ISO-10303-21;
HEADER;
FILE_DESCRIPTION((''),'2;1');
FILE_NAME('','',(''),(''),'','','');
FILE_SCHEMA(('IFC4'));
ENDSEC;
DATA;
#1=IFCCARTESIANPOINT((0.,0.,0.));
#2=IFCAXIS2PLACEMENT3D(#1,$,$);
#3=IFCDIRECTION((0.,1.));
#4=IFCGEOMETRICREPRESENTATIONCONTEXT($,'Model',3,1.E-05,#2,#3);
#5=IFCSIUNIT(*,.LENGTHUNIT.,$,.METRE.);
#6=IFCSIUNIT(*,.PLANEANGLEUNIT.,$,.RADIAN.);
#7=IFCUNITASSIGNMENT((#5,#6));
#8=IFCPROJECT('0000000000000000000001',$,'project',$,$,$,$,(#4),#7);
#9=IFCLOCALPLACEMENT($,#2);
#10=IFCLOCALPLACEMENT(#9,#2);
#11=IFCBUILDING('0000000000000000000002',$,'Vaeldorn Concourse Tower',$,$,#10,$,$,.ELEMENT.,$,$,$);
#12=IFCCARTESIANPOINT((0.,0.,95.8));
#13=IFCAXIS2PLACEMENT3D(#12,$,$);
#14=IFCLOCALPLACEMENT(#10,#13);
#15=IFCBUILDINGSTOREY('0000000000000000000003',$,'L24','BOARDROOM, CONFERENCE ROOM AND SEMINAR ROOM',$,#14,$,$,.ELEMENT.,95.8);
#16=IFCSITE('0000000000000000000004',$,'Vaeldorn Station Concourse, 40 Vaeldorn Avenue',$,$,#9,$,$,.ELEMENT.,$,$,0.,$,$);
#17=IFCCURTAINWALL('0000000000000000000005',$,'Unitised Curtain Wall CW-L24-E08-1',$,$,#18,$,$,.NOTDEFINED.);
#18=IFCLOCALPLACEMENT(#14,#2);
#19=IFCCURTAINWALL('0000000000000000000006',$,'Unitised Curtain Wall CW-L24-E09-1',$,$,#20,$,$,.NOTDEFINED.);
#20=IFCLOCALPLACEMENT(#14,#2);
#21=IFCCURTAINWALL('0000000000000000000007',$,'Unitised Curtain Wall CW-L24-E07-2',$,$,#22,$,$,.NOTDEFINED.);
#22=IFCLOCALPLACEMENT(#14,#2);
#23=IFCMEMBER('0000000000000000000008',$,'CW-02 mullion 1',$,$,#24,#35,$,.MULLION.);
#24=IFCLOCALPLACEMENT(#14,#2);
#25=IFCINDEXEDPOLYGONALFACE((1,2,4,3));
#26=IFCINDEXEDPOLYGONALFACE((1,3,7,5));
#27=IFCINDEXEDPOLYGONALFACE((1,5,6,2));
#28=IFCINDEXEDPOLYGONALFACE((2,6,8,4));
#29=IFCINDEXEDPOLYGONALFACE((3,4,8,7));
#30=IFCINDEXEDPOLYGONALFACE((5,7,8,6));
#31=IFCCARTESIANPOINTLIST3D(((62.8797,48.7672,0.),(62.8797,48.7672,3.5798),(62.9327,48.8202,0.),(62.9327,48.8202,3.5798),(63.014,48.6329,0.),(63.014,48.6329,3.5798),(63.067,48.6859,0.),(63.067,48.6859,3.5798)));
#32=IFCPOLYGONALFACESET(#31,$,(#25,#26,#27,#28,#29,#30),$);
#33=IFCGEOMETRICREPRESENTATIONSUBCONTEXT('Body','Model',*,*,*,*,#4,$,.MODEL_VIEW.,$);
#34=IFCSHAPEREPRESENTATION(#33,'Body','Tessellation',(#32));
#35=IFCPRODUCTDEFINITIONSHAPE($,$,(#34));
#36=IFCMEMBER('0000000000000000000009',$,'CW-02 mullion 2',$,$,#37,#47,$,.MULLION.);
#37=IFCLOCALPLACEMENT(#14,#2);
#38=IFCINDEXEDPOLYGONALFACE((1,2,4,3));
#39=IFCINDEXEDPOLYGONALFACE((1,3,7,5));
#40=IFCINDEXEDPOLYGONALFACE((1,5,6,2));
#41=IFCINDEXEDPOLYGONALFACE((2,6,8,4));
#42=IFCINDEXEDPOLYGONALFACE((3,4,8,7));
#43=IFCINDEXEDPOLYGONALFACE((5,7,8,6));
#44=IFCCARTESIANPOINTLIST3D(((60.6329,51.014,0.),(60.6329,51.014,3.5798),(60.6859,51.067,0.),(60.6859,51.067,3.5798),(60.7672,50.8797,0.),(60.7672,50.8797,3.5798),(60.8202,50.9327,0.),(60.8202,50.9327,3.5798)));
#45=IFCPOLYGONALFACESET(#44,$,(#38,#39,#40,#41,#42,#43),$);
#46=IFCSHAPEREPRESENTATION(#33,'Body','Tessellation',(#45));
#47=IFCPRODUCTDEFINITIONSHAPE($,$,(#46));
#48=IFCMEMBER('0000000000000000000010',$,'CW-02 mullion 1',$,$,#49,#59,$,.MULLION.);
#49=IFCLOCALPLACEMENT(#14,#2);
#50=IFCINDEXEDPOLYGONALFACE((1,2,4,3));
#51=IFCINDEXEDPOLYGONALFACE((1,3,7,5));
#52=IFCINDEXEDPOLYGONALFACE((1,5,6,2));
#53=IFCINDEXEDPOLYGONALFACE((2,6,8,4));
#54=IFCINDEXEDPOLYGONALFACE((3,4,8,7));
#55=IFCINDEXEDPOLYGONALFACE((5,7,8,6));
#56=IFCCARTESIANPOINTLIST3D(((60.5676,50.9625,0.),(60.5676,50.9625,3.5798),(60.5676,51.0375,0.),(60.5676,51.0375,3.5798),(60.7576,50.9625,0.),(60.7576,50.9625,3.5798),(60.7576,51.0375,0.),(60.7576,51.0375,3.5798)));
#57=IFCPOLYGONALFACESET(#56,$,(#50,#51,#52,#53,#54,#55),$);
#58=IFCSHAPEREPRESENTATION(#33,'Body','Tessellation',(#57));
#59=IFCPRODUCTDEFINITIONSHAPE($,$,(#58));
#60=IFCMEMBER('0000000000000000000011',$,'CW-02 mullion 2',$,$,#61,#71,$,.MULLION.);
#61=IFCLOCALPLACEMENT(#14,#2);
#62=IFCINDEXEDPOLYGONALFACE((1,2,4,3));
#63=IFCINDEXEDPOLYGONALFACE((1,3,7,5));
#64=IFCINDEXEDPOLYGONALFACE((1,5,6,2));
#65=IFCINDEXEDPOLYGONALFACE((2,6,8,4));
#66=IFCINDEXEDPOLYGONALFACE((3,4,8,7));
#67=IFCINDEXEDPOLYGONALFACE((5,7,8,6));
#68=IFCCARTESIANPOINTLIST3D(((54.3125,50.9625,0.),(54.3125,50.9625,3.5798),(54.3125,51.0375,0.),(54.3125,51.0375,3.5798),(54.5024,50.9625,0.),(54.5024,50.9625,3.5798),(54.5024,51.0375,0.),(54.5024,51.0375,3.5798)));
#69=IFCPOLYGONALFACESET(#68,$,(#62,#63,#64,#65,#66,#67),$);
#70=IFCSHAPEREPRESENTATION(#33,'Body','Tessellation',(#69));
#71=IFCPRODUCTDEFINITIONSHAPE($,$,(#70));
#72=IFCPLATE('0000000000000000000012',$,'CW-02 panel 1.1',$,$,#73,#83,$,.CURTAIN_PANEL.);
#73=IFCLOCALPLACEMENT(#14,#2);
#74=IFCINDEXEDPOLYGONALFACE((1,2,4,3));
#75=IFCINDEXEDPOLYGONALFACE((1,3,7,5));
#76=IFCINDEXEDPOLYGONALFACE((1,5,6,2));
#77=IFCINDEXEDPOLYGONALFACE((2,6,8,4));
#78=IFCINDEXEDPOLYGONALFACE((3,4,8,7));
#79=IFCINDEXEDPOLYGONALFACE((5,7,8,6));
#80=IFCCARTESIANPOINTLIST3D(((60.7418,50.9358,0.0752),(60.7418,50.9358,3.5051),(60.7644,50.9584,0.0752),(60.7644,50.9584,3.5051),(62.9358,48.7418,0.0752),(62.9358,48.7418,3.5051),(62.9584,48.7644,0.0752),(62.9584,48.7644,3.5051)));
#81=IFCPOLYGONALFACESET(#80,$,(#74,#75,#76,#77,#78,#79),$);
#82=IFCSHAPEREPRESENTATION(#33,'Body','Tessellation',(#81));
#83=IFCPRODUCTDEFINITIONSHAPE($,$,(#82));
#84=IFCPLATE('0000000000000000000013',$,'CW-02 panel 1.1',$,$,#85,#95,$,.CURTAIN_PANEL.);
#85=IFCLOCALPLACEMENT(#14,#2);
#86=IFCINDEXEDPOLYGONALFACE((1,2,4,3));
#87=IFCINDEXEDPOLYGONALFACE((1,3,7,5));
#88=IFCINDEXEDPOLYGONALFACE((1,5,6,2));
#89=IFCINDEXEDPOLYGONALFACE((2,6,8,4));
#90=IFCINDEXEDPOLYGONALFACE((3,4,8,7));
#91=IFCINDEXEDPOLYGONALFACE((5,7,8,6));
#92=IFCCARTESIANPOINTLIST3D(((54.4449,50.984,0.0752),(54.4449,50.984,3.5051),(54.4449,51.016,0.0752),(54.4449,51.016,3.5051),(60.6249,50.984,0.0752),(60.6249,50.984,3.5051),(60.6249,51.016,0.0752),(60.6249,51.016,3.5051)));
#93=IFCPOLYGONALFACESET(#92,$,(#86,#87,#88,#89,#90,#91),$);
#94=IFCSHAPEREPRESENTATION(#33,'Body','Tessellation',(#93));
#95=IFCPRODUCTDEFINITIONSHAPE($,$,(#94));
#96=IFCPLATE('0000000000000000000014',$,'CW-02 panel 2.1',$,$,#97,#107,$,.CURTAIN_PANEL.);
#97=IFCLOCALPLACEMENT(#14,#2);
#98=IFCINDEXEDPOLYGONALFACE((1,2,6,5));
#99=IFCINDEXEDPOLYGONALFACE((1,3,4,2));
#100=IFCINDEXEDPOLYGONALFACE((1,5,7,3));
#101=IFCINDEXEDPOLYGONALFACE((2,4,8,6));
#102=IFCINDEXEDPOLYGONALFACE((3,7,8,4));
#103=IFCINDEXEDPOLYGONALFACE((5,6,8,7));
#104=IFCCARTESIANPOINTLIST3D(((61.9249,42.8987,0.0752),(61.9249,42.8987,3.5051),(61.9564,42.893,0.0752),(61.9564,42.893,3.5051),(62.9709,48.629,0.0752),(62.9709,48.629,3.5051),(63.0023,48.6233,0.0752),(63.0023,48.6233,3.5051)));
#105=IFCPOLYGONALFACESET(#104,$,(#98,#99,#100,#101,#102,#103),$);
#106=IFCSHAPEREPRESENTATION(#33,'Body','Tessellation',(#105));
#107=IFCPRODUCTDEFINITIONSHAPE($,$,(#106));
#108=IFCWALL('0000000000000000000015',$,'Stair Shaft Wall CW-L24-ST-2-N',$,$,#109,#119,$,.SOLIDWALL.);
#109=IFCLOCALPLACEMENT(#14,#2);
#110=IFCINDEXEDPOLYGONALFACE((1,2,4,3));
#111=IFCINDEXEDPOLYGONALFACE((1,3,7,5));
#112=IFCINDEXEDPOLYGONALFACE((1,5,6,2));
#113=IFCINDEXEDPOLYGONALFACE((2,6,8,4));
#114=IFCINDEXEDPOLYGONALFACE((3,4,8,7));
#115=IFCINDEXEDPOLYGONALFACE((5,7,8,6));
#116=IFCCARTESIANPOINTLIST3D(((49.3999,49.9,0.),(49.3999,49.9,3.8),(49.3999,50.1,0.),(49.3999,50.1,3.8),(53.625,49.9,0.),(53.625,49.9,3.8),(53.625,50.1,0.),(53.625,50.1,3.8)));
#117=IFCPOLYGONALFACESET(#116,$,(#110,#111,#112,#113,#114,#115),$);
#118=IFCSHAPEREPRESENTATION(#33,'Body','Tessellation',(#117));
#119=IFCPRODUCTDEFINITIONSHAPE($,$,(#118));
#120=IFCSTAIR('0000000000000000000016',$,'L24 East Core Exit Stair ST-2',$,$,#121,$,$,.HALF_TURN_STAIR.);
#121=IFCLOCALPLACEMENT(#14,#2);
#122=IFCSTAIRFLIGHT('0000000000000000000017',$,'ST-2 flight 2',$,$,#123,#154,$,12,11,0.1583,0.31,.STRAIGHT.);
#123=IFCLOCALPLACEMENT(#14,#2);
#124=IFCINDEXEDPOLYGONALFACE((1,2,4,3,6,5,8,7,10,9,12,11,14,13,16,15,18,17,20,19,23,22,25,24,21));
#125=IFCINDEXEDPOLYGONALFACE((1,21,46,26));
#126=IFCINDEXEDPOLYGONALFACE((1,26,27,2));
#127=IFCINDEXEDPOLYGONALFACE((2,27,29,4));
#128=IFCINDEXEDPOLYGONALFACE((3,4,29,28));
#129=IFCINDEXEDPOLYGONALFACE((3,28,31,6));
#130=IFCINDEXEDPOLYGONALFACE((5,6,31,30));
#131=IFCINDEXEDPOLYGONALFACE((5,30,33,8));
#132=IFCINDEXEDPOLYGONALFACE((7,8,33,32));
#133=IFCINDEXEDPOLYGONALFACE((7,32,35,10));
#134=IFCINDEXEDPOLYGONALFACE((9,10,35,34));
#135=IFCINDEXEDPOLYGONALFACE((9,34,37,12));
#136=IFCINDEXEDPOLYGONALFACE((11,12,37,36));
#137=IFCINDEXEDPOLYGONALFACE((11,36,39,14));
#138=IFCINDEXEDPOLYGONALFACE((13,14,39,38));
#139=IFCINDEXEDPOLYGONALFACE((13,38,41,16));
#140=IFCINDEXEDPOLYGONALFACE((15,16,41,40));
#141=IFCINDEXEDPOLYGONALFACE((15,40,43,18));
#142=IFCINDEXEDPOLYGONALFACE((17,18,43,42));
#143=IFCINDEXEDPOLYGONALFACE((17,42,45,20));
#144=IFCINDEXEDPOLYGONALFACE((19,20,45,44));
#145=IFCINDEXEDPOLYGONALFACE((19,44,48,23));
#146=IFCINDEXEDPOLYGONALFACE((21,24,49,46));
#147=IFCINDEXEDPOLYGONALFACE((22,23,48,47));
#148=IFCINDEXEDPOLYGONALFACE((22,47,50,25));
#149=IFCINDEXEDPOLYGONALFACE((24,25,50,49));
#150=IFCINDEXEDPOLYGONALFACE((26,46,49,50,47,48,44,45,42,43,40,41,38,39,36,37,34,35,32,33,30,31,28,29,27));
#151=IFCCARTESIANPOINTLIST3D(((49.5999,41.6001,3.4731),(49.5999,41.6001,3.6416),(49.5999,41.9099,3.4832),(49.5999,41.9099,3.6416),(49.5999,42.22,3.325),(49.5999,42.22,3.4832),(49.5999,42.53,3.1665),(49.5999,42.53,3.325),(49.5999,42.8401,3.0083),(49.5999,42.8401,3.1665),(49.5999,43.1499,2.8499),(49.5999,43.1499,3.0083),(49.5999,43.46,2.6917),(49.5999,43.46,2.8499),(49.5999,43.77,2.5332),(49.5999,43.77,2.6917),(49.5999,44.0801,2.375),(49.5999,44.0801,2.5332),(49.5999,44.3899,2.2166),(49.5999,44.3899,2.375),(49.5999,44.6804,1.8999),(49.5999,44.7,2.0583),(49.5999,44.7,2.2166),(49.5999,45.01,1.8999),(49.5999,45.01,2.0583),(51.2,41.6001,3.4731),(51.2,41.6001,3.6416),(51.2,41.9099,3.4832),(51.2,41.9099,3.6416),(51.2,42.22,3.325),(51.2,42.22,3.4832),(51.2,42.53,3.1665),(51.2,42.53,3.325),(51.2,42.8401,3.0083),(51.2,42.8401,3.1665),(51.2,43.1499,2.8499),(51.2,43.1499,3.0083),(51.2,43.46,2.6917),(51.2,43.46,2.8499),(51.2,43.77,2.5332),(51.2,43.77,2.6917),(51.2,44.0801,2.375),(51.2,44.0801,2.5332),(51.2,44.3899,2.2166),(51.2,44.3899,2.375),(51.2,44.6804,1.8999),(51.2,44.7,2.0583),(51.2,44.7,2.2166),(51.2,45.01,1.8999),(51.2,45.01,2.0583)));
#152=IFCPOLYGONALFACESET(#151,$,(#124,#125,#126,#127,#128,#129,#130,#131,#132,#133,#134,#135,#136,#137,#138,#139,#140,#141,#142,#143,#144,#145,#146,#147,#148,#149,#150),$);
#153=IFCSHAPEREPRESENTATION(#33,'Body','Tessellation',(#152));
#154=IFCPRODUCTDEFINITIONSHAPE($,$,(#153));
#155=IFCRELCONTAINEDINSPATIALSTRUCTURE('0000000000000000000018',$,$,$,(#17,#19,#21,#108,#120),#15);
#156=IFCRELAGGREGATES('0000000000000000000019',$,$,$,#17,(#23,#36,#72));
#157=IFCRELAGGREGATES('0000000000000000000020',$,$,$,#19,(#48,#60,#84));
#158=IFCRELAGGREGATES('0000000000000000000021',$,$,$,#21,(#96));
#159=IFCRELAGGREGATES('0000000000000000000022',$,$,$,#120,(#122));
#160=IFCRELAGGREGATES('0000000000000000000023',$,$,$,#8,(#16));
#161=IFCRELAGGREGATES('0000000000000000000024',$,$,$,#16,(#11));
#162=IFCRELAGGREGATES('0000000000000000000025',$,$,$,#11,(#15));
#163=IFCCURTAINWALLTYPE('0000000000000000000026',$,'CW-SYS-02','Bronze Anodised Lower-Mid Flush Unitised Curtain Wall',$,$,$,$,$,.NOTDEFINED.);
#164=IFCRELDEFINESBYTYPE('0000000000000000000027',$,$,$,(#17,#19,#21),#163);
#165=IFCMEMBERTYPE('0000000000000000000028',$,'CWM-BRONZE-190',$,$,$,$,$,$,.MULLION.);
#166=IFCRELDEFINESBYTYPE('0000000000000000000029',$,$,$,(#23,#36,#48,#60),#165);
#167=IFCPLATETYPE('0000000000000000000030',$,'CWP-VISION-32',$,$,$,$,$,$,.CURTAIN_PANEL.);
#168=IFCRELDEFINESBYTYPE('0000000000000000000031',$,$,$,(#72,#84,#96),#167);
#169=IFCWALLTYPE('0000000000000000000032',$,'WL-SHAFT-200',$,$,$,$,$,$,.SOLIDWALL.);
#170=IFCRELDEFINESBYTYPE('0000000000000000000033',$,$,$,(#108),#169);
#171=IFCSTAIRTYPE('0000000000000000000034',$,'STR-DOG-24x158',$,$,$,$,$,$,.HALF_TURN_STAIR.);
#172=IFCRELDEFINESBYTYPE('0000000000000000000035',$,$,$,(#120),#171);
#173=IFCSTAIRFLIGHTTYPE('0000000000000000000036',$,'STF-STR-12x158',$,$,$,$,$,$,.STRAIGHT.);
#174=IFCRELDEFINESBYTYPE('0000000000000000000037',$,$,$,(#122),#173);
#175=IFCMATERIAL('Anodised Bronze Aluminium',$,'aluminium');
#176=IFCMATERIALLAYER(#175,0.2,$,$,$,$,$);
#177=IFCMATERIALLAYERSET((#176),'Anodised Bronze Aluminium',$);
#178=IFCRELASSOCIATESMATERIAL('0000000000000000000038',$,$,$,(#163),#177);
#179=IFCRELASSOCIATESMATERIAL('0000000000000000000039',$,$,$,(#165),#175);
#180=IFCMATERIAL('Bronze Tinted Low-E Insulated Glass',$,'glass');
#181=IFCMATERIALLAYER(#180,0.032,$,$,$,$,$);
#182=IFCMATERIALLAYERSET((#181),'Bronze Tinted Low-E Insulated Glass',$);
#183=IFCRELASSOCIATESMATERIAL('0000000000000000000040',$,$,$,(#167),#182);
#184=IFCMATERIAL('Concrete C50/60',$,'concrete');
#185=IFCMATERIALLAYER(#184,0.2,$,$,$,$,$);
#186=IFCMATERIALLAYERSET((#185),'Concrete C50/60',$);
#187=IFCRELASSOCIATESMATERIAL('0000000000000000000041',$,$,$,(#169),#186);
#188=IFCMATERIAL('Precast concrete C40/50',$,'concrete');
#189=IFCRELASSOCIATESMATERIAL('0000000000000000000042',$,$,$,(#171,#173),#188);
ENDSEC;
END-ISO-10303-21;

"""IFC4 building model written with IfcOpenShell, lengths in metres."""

from ifc_helpers import new_model, si_unit, direction, frame, frame_2d, origin, origin_2d, place, context, subcontext, project, spatial, polyline, rectangle, outline, extrude, source, transform, mapped, material, layer, layer_set, material_profile, profile_set, type_object, element, aggregate, save


model = new_model("IFC4")

# Units and contexts
model_context = context("Model", 3, precision=1e-05, world=origin(), true_north=direction((0.0, 1.0)))
body_context = subcontext(model_context, "Body", "Model", "MODEL_VIEW")
ifc_project = project(units=[si_unit("LENGTHUNIT", "METRE"), si_unit("PLANEANGLEUNIT", "RADIAN")], contexts=[model_context])

# Site, building, storey
site_placement = place(None, origin())
site = spatial("IfcSite", under=ifc_project, at=site_placement, Name="Vaeldorn Station Concourse, 40 Vaeldorn Avenue", CompositionType="ELEMENT", RefElevation=0.0)
building_placement = place(site_placement, origin())
building = spatial("IfcBuilding", under=site, at=building_placement, Name="Vaeldorn Concourse Tower", CompositionType="ELEMENT")
storey_placement = place(building_placement, frame((0.0, 0.0, 95.8)))
storey = spatial("IfcBuildingStorey", under=building, at=storey_placement, Name="L24", Description="BOARDROOM, CONFERENCE ROOM AND SEMINAR ROOM", CompositionType="ELEMENT", Elevation=95.8)

# Curtain walls
ifc_material_1 = material(Name="Anodised Bronze Aluminium", Category="aluminium")
ifc_layer_1 = layer(ifc_material_1, 0.2)
ifc_layer_set_1 = layer_set([ifc_layer_1], Name="Anodised Bronze Aluminium")
curtain_wall_type = type_object("IfcCurtainWallType", Name="CW-SYS-02", Description="Bronze Anodised Lower-Mid Flush Unitised Curtain Wall", PredefinedType="NOTDEFINED", material=ifc_layer_set_1)
curtain_wall_1_placement = place(storey_placement, origin())
curtain_wall_1 = element("IfcCurtainWall", 1, at=curtain_wall_1_placement, inside=storey, type_object=curtain_wall_type, Name="Unitised Curtain Wall CW-L24-E08-1", PredefinedType="NOTDEFINED")
curtain_wall_2_placement = place(storey_placement, origin())
curtain_wall_2 = element("IfcCurtainWall", 2, at=curtain_wall_2_placement, inside=storey, type_object=curtain_wall_type, Name="Unitised Curtain Wall CW-L24-E09-1", PredefinedType="NOTDEFINED")
curtain_wall_3_placement = place(storey_placement, origin())
curtain_wall_3 = element("IfcCurtainWall", 3, at=curtain_wall_3_placement, inside=storey, type_object=curtain_wall_type, Name="Unitised Curtain Wall CW-L24-E07-2", PredefinedType="NOTDEFINED")
ifc_material_profile_1 = material_profile(ifc_material_1, rectangle(XDim=0.075, YDim=0.1899, at=origin_2d()), Name="CWM 75x190")
ifc_profile_set_1 = profile_set([ifc_material_profile_1], Name="Anodised Bronze Aluminium")
member_type_1 = type_object("IfcMemberType", Name="CWM-BRONZE-190", PredefinedType="MULLION", material=ifc_profile_set_1)
shared_shape_1 = source(origin(), body_context, "Body", "SweptSolid", [
    extrude(rectangle(XDim=0.075, YDim=0.1899, at=origin_2d()), origin(), (0.0, 0.0, 1.0), 3.5798),
])

# Members
member_1_placement = place(storey_placement, frame((62.9734, 48.7266, 0.0), z_axis=(0.0, 0.0, 1.0), x_axis=(-0.707107, -0.707107, 0.0)))
member_1 = element("IfcMember", 4, at=member_1_placement, type_object=member_type_1, Name="CW-02 mullion 1", PredefinedType="MULLION", context=body_context, shape_type="MappedRepresentation", body=[
    mapped(shared_shape_1, transform((0.0, 0.0, 0.0), scale=1.0)),
])
member_2_placement = place(storey_placement, frame((60.7266, 50.9734, 0.0), z_axis=(0.0, 0.0, 1.0), x_axis=(-0.707107, -0.707107, 0.0)))
member_2 = element("IfcMember", 5, at=member_2_placement, type_object=member_type_1, Name="CW-02 mullion 2", PredefinedType="MULLION", context=body_context, shape_type="MappedRepresentation", body=[
    mapped(shared_shape_1, transform((0.0, 0.0, 0.0), scale=1.0)),
])
member_3_placement = place(storey_placement, frame((60.6626, 51.0, 0.0), z_axis=(0.0, 0.0, 1.0), x_axis=(0.0, -1.0, 0.0)))
member_3 = element("IfcMember", 6, at=member_3_placement, type_object=member_type_1, Name="CW-02 mullion 1", PredefinedType="MULLION", context=body_context, shape_type="MappedRepresentation", body=[
    mapped(shared_shape_1, transform((0.0, 0.0, 0.0), scale=1.0)),
])
member_4_placement = place(storey_placement, frame((54.4075, 51.0, 0.0), z_axis=(0.0, 0.0, 1.0), x_axis=(0.0, -1.0, 0.0)))
member_4 = element("IfcMember", 7, at=member_4_placement, type_object=member_type_1, Name="CW-02 mullion 2", PredefinedType="MULLION", context=body_context, shape_type="MappedRepresentation", body=[
    mapped(shared_shape_1, transform((0.0, 0.0, 0.0), scale=1.0)),
])

# Plates
ifc_material_2 = material(Name="Bronze Tinted Low-E Insulated Glass", Category="glass")
ifc_layer_2 = layer(ifc_material_2, 0.032)
ifc_layer_set_2 = layer_set([ifc_layer_2], Name="Bronze Tinted Low-E Insulated Glass")
plate_type = type_object("IfcPlateType", Name="CWP-VISION-32", PredefinedType="CURTAIN_PANEL", material=ifc_layer_set_2)
shared_shape_2 = source(origin(), body_context, "Body", "SweptSolid", [
    extrude(rectangle(XDim=3.1028, YDim=0.032, at=origin_2d()), origin(), (0.0, 0.0, 1.0), 3.4299),
])
plate_1_placement = place(storey_placement, frame((61.8501, 49.8501, 0.0752), z_axis=(0.0, 0.0, 1.0), x_axis=(-0.707107, 0.707107, 0.0)))
plate_1 = element("IfcPlate", 8, at=plate_1_placement, type_object=plate_type, Name="CW-02 panel 1.1", PredefinedType="CURTAIN_PANEL", context=body_context, shape_type="MappedRepresentation", body=[
    mapped(shared_shape_2, transform((0.0, 0.0, 0.0), scale=1.0)),
])
aggregate(curtain_wall_1, [member_1, member_2, plate_1])
shared_shape_3 = source(origin(), body_context, "Body", "SweptSolid", [
    extrude(rectangle(XDim=6.1799, YDim=0.032, at=origin_2d()), origin(), (0.0, 0.0, 1.0), 3.4299),
])
plate_2_placement = place(storey_placement, frame((57.5349, 51.0, 0.0752), z_axis=(0.0, 0.0, 1.0), x_axis=(-1.0, 0.0, 0.0)))
plate_2 = element("IfcPlate", 9, at=plate_2_placement, type_object=plate_type, Name="CW-02 panel 1.1", PredefinedType="CURTAIN_PANEL", context=body_context, shape_type="MappedRepresentation", body=[
    mapped(shared_shape_3, transform((0.0, 0.0, 0.0), scale=1.0)),
])
aggregate(curtain_wall_2, [member_3, member_4, plate_2])
shared_shape_4 = source(origin(), body_context, "Body", "SweptSolid", [
    extrude(rectangle(XDim=5.825, YDim=0.032, at=origin_2d()), origin(), (0.0, 0.0, 1.0), 3.4299),
])
plate_3_placement = place(storey_placement, frame((62.4636, 45.761, 0.0752), z_axis=(0.0, 0.0, 1.0), x_axis=(0.179562, 0.983747, 0.0)))
plate_3 = element("IfcPlate", 10, at=plate_3_placement, type_object=plate_type, Name="CW-02 panel 2.1", PredefinedType="CURTAIN_PANEL", context=body_context, shape_type="MappedRepresentation", body=[
    mapped(shared_shape_4, transform((0.0, 0.0, 0.0), scale=1.0)),
])
aggregate(curtain_wall_3, [plate_3])

# Wall
ifc_material_3 = material(Name="Concrete C50/60", Category="concrete")
ifc_layer_3 = layer(ifc_material_3, 0.2)
ifc_layer_set_3 = layer_set([ifc_layer_3], Name="Concrete C50/60")
wall_type = type_object("IfcWallType", Name="WL-SHAFT-200", PredefinedType="SOLIDWALL", material=ifc_layer_set_3)
wall_placement = place(storey_placement, frame((49.3999, 50.0, 0.0), z_axis=(0.0, 0.0, 1.0), x_axis=(1.0, 0.0, 0.0)))
element("IfcWall", 11, at=wall_placement, inside=storey, type_object=wall_type, Name="Stair Shaft Wall CW-L24-ST-2-N", PredefinedType="SOLIDWALL", context=body_context, shape_type="SweptSolid", body=[
    extrude(rectangle(XDim=4.2251, YDim=0.2, at=frame_2d((2.1125, 0.0))), origin(), (0.0, 0.0, 1.0), 3.8),
])

# Stair, stair flight
ifc_material_4 = material(Name="Precast concrete C40/50", Category="concrete")
stair_type = type_object("IfcStairType", Name="STR-DOG-24x158", PredefinedType="HALF_TURN_STAIR", material=ifc_material_4)
stair_placement = place(storey_placement, origin())
stair = element("IfcStair", 12, at=stair_placement, inside=storey, type_object=stair_type, Name="L24 East Core Exit Stair ST-2", PredefinedType="HALF_TURN_STAIR")
stair_flight_type = type_object("IfcStairFlightType", Name="STF-STR-12x158", PredefinedType="STRAIGHT", material=ifc_material_4)
stair_flight_placement = place(storey_placement, frame((50.3999, 45.01, 1.8999), z_axis=(0.0, 0.0, 1.0), x_axis=(0.0, -1.0, 0.0)))
stair_flight = element("IfcStairFlight", 13, at=stair_flight_placement, type_object=stair_flight_type, Name="ST-2 flight 2", NumberOfRisers=12, NumberOfTreads=11, PredefinedType="STRAIGHT", RiserHeight=0.1583, TreadLength=0.31, context=body_context, shape_type="SweptSolid", body=[
    extrude(outline(polyline([(0.0, 0.0), (0.0, 0.1584), (0.3101, 0.1584), (0.3101, 0.3167), (0.6201, 0.3167), (0.6201, 0.4751), (0.9299, 0.4751), (0.9299, 0.6333), (1.24, 0.6333), (1.24, 0.7917), (1.55, 0.7917), (1.55, 0.95), (1.8601, 0.95), (1.8601, 1.1084), (2.1699, 1.1084), (2.1699, 1.2666), (2.48, 1.2666), (2.48, 1.425), (2.79, 1.425), (2.79, 1.5833), (3.1001, 1.5833), (3.1001, 1.7417), (3.4099, 1.7417), (3.4099, 1.8999), (3.4099, 1.5732), (0.3296, 0.0), (0.0, 0.0)])), frame((0.0, 0.8, 0.0), z_axis=(0.0, -1.0, 0.0), x_axis=(1.0, 0.0, 0.0)), (0.0, 0.0, 1.0), 1.6001),
])
aggregate(stair, [stair_flight])

save(model, "model.ifc")
